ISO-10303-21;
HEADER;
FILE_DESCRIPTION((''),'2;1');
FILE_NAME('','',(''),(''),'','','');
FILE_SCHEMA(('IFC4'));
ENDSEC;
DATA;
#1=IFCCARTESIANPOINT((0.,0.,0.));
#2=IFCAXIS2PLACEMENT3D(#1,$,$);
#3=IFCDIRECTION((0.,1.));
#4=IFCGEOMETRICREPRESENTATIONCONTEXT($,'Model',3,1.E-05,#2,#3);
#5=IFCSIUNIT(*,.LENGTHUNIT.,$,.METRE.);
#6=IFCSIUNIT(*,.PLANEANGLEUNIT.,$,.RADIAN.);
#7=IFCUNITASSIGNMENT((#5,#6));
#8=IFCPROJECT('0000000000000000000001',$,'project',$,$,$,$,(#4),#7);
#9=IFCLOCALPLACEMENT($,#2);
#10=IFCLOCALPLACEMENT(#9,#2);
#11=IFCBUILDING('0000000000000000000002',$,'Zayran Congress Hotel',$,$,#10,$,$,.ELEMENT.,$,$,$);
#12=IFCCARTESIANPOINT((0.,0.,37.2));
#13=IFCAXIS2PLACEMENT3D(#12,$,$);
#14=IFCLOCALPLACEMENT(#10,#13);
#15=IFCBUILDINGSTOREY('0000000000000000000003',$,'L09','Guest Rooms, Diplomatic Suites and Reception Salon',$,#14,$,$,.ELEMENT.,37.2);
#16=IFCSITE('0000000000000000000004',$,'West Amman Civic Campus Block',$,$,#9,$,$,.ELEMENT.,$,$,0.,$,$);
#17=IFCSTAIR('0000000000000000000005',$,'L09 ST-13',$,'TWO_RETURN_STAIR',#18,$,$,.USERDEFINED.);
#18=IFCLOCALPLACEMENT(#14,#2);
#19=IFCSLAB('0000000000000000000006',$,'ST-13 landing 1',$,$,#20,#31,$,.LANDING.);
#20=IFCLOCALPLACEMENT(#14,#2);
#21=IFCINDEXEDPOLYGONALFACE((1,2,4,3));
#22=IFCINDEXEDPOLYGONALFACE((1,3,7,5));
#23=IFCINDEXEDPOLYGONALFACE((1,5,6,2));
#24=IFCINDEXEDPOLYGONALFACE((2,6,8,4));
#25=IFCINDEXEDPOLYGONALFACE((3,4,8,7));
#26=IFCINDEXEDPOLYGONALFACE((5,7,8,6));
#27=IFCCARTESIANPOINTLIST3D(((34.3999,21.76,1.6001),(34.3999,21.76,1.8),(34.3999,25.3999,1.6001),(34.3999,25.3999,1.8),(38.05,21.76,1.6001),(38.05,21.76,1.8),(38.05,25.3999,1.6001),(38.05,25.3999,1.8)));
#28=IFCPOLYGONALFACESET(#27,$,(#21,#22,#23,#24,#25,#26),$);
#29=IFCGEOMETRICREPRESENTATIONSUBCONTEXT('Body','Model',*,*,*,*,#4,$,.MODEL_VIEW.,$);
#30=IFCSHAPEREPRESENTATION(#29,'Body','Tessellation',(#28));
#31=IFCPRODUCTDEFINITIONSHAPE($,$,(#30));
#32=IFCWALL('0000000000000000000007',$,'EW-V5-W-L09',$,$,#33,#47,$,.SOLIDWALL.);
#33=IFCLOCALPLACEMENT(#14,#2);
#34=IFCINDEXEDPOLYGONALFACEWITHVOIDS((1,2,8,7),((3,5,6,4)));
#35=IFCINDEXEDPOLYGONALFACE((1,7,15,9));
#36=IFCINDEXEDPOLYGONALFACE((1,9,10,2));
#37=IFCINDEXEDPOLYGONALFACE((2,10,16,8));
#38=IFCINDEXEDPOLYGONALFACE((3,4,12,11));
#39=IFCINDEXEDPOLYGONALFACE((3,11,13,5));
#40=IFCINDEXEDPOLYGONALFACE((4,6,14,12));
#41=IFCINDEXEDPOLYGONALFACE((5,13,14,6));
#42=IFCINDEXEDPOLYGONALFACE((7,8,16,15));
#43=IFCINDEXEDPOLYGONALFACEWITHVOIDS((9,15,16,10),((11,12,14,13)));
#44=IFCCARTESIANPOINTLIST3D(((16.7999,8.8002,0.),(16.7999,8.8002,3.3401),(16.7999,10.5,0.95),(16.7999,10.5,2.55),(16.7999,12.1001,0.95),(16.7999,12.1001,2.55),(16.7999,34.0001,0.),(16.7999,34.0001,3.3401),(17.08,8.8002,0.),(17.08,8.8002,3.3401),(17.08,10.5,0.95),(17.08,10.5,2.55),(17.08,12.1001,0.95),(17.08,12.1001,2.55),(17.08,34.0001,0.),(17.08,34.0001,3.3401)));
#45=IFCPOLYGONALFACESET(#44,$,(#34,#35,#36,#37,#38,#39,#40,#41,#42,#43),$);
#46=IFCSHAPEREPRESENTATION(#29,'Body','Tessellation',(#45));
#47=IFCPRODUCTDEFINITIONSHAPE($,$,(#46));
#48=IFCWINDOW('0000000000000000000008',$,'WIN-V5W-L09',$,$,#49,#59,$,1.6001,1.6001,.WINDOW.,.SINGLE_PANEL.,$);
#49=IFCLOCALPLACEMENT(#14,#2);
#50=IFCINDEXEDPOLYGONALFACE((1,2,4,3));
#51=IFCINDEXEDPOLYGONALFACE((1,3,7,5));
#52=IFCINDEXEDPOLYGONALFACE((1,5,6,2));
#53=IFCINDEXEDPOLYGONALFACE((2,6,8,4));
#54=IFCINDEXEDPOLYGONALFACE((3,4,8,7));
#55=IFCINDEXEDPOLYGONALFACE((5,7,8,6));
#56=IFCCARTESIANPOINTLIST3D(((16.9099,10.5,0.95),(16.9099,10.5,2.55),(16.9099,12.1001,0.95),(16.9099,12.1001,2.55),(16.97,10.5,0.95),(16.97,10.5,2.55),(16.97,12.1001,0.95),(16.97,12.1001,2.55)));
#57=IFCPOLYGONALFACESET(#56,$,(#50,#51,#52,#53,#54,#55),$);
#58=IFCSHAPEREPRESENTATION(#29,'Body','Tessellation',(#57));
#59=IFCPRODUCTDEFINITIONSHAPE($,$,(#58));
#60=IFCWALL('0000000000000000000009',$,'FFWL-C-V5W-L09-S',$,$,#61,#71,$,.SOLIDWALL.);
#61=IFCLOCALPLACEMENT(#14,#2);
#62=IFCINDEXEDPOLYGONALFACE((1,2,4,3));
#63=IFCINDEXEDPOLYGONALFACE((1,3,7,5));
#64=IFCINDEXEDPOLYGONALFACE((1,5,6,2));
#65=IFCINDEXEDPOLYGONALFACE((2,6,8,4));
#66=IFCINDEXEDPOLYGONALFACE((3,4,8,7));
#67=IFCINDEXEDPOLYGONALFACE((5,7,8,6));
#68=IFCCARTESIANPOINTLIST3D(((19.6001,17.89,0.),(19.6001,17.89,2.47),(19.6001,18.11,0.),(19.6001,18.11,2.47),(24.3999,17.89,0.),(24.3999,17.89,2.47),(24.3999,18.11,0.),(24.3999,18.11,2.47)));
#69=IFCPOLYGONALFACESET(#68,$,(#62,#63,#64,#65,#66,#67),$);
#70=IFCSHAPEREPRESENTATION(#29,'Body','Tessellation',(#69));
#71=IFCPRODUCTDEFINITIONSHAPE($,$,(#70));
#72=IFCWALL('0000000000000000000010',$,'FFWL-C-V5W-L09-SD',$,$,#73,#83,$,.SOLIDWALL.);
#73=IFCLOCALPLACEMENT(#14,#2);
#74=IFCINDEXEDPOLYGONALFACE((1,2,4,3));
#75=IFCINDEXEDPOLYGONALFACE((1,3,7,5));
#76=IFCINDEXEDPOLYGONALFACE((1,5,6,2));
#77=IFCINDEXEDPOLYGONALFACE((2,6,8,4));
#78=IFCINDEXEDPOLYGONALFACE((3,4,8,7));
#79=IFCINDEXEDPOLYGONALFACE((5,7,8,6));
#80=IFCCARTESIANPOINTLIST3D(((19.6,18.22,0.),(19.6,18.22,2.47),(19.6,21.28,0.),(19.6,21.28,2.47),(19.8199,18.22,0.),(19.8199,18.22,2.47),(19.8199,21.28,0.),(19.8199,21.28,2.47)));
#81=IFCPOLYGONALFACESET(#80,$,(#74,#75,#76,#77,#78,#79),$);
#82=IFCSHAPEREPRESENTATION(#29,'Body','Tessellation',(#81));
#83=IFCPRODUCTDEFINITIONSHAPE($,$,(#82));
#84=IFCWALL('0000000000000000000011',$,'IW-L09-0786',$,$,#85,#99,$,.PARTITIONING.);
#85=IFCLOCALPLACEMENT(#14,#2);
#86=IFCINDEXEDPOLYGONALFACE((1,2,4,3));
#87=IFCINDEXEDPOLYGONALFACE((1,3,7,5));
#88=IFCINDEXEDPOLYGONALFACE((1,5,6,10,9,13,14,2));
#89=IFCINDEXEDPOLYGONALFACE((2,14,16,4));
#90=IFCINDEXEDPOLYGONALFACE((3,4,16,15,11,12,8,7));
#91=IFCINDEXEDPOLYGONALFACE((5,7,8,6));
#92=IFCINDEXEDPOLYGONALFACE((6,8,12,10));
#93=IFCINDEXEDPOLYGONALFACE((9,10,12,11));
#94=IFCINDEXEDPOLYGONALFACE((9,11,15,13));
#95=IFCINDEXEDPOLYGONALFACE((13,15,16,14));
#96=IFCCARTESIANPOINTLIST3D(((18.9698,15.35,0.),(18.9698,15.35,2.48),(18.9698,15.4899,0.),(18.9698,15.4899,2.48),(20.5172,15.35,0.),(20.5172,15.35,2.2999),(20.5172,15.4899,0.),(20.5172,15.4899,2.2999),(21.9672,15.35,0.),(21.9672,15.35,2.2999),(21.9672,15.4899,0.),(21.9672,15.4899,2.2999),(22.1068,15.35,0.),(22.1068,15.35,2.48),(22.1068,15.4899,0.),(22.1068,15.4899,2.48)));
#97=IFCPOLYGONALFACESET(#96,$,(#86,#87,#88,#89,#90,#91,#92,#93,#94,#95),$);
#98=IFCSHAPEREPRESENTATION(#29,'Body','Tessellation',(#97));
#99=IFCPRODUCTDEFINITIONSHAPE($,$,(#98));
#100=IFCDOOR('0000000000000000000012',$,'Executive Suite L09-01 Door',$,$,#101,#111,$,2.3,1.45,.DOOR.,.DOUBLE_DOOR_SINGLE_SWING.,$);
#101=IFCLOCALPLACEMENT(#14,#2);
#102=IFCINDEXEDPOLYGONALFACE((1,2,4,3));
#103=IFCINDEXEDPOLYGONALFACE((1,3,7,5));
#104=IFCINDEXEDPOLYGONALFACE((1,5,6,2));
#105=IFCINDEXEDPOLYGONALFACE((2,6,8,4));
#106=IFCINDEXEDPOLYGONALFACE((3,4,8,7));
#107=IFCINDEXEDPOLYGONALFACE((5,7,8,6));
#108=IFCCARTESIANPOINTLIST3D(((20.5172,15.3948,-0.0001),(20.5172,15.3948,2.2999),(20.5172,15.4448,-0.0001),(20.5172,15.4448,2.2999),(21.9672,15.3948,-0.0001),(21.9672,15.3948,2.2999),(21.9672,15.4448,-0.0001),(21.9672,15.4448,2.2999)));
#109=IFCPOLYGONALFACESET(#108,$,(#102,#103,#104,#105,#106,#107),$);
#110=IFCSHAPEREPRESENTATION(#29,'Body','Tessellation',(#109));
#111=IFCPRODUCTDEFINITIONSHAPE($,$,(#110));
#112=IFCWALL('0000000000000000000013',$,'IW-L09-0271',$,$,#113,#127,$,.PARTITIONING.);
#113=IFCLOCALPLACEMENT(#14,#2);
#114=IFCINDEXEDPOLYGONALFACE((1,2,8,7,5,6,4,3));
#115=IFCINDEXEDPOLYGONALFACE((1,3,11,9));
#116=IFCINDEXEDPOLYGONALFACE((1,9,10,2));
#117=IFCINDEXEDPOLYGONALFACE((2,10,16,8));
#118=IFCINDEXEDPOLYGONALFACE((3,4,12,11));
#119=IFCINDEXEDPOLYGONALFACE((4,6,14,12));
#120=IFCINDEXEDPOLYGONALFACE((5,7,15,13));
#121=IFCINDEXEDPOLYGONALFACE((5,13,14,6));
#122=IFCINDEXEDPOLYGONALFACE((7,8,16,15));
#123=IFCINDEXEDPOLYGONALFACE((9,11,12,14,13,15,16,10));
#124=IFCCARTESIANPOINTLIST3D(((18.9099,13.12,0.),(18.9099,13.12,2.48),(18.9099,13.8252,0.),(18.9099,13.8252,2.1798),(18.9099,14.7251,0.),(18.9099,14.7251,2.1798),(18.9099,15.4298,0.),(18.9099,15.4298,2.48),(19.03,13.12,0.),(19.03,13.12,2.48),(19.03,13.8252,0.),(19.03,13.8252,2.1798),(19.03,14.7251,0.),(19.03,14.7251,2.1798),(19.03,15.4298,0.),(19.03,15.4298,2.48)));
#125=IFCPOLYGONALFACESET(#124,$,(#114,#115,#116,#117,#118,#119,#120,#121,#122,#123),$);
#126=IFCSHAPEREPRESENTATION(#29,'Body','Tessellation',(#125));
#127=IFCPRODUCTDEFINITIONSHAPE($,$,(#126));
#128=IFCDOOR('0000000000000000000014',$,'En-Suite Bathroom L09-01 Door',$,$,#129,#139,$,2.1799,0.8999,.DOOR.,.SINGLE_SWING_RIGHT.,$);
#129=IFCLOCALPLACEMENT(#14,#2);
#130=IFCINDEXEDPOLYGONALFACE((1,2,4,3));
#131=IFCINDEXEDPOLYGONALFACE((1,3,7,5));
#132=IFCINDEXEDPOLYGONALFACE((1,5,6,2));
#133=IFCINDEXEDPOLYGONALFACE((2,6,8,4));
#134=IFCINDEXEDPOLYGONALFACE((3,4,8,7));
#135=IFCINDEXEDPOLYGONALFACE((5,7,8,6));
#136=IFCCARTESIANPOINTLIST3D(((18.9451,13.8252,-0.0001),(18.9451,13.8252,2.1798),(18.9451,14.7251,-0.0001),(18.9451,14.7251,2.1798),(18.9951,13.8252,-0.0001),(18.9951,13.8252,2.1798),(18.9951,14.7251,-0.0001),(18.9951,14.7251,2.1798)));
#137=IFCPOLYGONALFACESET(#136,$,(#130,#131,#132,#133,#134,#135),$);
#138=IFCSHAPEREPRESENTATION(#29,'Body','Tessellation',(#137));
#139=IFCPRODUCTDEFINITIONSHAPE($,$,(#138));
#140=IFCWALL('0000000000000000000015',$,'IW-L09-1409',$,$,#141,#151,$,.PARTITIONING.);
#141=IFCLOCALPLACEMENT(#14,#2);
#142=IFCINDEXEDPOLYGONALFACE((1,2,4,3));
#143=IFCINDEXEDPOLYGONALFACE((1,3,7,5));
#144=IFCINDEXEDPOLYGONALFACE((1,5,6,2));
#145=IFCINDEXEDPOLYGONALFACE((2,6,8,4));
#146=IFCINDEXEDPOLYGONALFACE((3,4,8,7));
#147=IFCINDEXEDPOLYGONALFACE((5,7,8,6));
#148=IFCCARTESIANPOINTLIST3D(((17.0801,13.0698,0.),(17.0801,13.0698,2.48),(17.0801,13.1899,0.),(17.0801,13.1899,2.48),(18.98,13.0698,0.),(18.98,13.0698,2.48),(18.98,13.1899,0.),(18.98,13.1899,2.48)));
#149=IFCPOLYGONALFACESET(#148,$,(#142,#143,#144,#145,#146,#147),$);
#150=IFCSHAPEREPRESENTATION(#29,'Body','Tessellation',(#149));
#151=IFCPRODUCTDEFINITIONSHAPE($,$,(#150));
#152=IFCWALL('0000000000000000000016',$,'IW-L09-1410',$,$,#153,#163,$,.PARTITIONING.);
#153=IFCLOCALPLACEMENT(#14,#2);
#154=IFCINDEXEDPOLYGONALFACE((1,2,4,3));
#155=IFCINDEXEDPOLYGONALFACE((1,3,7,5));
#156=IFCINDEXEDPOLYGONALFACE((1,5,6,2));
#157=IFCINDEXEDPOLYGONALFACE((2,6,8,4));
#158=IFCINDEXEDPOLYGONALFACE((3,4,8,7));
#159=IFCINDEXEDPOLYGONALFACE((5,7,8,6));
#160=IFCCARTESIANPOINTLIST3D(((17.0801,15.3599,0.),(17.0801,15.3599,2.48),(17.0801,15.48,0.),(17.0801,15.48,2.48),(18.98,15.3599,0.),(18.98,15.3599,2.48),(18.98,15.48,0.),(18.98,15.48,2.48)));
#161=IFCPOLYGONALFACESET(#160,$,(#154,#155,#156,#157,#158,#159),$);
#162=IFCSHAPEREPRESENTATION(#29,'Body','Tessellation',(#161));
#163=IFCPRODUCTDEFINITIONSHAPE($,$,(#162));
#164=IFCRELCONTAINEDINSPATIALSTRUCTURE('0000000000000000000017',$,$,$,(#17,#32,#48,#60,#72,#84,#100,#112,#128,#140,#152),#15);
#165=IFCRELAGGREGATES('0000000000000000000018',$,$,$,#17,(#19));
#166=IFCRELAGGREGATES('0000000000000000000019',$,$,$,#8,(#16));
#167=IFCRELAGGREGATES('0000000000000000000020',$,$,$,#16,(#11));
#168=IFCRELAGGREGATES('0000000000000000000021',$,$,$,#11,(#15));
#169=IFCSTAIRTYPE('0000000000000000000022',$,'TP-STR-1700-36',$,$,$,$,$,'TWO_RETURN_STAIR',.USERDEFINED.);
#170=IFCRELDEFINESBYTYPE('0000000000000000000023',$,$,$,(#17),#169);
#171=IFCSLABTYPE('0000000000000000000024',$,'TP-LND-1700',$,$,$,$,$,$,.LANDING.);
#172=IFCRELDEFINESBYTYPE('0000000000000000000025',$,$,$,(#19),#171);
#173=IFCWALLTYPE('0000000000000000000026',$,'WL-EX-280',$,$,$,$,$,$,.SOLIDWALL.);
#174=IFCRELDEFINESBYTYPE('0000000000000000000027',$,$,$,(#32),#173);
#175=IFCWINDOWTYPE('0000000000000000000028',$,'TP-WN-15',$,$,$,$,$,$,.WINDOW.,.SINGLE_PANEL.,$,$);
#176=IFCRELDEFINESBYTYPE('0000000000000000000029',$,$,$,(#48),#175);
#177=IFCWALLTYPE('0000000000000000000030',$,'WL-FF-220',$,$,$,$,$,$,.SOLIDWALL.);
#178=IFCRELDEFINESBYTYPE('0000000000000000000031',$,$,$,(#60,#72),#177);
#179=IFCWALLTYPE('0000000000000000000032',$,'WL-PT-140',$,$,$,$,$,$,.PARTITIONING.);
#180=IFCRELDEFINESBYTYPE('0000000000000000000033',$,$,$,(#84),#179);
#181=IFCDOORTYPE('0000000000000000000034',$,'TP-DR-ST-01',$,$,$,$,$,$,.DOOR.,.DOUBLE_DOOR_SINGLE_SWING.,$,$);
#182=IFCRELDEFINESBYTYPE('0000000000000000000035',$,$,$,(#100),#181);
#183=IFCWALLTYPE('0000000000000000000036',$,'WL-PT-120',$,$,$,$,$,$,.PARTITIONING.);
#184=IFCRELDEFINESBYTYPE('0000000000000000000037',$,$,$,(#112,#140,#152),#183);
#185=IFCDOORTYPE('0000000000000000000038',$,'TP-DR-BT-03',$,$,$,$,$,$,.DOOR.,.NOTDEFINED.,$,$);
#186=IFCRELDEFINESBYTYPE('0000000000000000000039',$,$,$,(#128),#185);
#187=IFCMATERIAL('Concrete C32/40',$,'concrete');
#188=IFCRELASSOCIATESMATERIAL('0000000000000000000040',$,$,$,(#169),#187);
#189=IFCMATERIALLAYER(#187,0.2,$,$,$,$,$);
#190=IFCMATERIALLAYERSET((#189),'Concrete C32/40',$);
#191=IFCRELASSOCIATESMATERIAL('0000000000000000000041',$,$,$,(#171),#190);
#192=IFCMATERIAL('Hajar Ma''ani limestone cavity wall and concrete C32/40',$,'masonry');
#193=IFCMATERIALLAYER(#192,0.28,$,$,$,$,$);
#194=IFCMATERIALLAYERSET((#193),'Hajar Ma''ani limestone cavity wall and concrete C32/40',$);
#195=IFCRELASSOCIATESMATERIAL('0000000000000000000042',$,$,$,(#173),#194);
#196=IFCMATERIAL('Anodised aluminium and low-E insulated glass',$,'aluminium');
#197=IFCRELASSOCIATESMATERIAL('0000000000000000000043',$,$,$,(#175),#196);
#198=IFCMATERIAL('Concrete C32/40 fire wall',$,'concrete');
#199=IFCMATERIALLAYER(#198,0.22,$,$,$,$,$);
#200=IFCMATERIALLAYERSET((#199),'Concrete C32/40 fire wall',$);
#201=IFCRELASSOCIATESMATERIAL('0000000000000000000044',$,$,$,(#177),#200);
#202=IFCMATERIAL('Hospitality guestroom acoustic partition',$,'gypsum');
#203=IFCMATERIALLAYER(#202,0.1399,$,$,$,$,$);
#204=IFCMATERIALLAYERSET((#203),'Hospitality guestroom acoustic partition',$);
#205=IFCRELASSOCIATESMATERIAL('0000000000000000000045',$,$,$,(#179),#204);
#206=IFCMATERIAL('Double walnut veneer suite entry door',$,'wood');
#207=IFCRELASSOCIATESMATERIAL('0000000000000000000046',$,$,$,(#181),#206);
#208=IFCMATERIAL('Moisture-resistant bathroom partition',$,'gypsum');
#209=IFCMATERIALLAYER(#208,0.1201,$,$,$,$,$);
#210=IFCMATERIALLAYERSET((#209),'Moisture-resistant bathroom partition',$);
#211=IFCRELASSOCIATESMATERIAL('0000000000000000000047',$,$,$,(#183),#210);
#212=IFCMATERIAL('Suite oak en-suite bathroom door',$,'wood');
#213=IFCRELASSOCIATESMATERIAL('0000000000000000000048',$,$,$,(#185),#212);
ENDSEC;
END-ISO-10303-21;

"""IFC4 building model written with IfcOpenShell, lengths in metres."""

from ifc_helpers import new_model, si_unit, direction, frame, frame_2d, origin, place, context, subcontext, project, spatial, polyline, rectangle, outline, extrude, material, layer, layer_set, type_object, element, fill, aggregate, save


model = new_model("IFC4")

# Units and contexts
model_context = context("Model", 3, precision=1e-05, world=origin(), true_north=direction((0.0, 1.0)))
body_context = subcontext(model_context, "Body", "Model", "MODEL_VIEW")
ifc_project = project(units=[si_unit("LENGTHUNIT", "METRE"), si_unit("PLANEANGLEUNIT", "RADIAN")], contexts=[model_context])

# Site, building, storey
site_placement = place(None, origin())
site = spatial("IfcSite", under=ifc_project, at=site_placement, Name="West Amman Civic Campus Block", CompositionType="ELEMENT", RefElevation=0.0)
building_placement = place(site_placement, origin())
building = spatial("IfcBuilding", under=site, at=building_placement, Name="Zayran Congress Hotel", CompositionType="ELEMENT")
storey_placement = place(building_placement, frame((0.0, 0.0, 37.2)))
storey = spatial("IfcBuildingStorey", under=building, at=storey_placement, Name="L09", Description="Guest Rooms, Diplomatic Suites and Reception Salon", CompositionType="ELEMENT", Elevation=37.2)

# Shared definitions
ifc_material_1 = material(Name="Concrete C32/40", Category="concrete")

# Stair, slab
stair_type = type_object("IfcStairType", Name="TP-STR-1700-36", ElementType="TWO_RETURN_STAIR", PredefinedType="USERDEFINED", material=ifc_material_1)
ifc_layer_1 = layer(ifc_material_1, 0.2)
ifc_layer_set_1 = layer_set([ifc_layer_1], Name="Concrete C32/40")
slab_type_1 = type_object("IfcSlabType", Name="TP-LND-1700", PredefinedType="LANDING", material=ifc_layer_set_1)
stair_1_placement = place(storey_placement, origin())
stair_1 = element("IfcStair", 1, at=stair_1_placement, inside=storey, type_object=stair_type, Name="L09 ST-13", ObjectType="TWO_RETURN_STAIR", PredefinedType="USERDEFINED")
slab_1_placement = place(storey_placement, frame((0.0, 0.0, 1.6001)))
slab_1 = element("IfcSlab", 2, at=slab_1_placement, type_object=slab_type_1, Name="ST-13 landing 1", PredefinedType="LANDING", context=body_context, shape_type="SweptSolid", body=[
    extrude(outline(polyline([(38.05, 25.3999), (34.3999, 25.3999), (34.3999, 21.76), (38.05, 21.76), (38.05, 25.3999)])), origin(), (0.0, 0.0, 1.0), 0.2),
])
aggregate(stair_1, [slab_1])

# Wall, opening, window
ifc_material_2 = material(Name="Hajar Ma'ani limestone cavity wall and concrete C32/40", Category="masonry")
ifc_layer_2 = layer(ifc_material_2, 0.28)
ifc_layer_set_2 = layer_set([ifc_layer_2], Name="Hajar Ma'ani limestone cavity wall and concrete C32/40")
wall_type_1 = type_object("IfcWallType", Name="WL-EX-280", PredefinedType="SOLIDWALL", material=ifc_layer_set_2)
wall_1_placement = place(storey_placement, frame((16.9399, 8.8, 0.0), z_axis=(0.0, 0.0, 1.0), x_axis=(0.0, 1.0, 0.0)))
wall_1 = element("IfcWall", 3, at=wall_1_placement, inside=storey, type_object=wall_type_1, Name="EW-V5-W-L09", PredefinedType="SOLIDWALL", context=body_context, shape_type="SweptSolid", body=[
    extrude(rectangle(XDim=25.2, YDim=0.28, at=frame_2d((12.6001, 0.0))), origin(), (0.0, 0.0, 1.0), 3.3401),
])
opening_1_placement = place(wall_1_placement, frame((1.7, 0.0, 0.95)))
opening_1 = element("IfcOpeningElement", 4, at=opening_1_placement, cuts=wall_1, PredefinedType="OPENING", context=body_context, shape_type="SweptSolid", body=[
    extrude(rectangle(XDim=1.6001, YDim=1.6001, at=frame_2d((0.8, 0.8))), frame((0.0, 0.1499, 0.0), z_axis=(0.0, -1.0, 0.0), x_axis=(1.0, 0.0, 0.0)), (0.0, 0.0, 1.0), 0.3),
])
ifc_material_3 = material(Name="Anodised aluminium and low-E insulated glass", Category="aluminium")
window_type = type_object("IfcWindowType", Name="TP-WN-15", PartitioningType="SINGLE_PANEL", PredefinedType="WINDOW", material=ifc_material_3)
window_placement = place(opening_1_placement, origin())
window = element("IfcWindow", 5, at=window_placement, inside=storey, type_object=window_type, Name="WIN-V5W-L09", OverallHeight=1.6001, OverallWidth=1.6001, PartitioningType="SINGLE_PANEL", PredefinedType="WINDOW", context=body_context, shape_type="SweptSolid", body=[
    extrude(rectangle(XDim=1.6001, YDim=1.6001, at=frame_2d((0.8, 0.8))), frame((0.0, 0.03, 0.0), z_axis=(0.0, -1.0, 0.0), x_axis=(1.0, 0.0, 0.0)), (0.0, 0.0, 1.0), 0.0601),
])
fill(opening_1, window)

# Walls
ifc_material_4 = material(Name="Concrete C32/40 fire wall", Category="concrete")
ifc_layer_3 = layer(ifc_material_4, 0.22)
ifc_layer_set_3 = layer_set([ifc_layer_3], Name="Concrete C32/40 fire wall")
wall_type_2 = type_object("IfcWallType", Name="WL-FF-220", PredefinedType="SOLIDWALL", material=ifc_layer_set_3)
wall_2_placement = place(storey_placement, frame((19.6001, 18.0, 0.0), z_axis=(0.0, 0.0, 1.0), x_axis=(1.0, 0.0, 0.0)))
element("IfcWall", 6, at=wall_2_placement, inside=storey, type_object=wall_type_2, Name="FFWL-C-V5W-L09-S", PredefinedType="SOLIDWALL", context=body_context, shape_type="SweptSolid", body=[
    extrude(rectangle(XDim=4.7998, YDim=0.22, at=frame_2d((2.3999, 0.0))), origin(), (0.0, 0.0, 1.0), 2.47),
])
wall_3_placement = place(storey_placement, frame((19.71, 18.22, 0.0), z_axis=(0.0, 0.0, 1.0), x_axis=(0.0, 1.0, 0.0)))
element("IfcWall", 7, at=wall_3_placement, inside=storey, type_object=wall_type_2, Name="FFWL-C-V5W-L09-SD", PredefinedType="SOLIDWALL", context=body_context, shape_type="SweptSolid", body=[
    extrude(rectangle(XDim=3.0601, YDim=0.22, at=frame_2d((1.53, 0.0))), origin(), (0.0, 0.0, 1.0), 2.47),
])

# Walls, openings, doors
ifc_material_5 = material(Name="Hospitality guestroom acoustic partition", Category="gypsum")
ifc_layer_4 = layer(ifc_material_5, 0.1399)
ifc_layer_set_4 = layer_set([ifc_layer_4], Name="Hospitality guestroom acoustic partition")
wall_type_3 = type_object("IfcWallType", Name="WL-PT-140", PredefinedType="PARTITIONING", material=ifc_layer_set_4)
wall_4_placement = place(storey_placement, frame((18.97, 15.4199, 0.0), z_axis=(0.0, 0.0, 1.0), x_axis=(1.0, 0.0, 0.0)))
wall_4 = element("IfcWall", 8, at=wall_4_placement, inside=storey, type_object=wall_type_3, Name="IW-L09-0786", PredefinedType="PARTITIONING", context=body_context, shape_type="SweptSolid", body=[
    extrude(rectangle(XDim=3.137, YDim=0.1399, at=frame_2d((1.5684, 0.0))), origin(), (0.0, 0.0, 1.0), 2.48),
])
opening_2_placement = place(wall_4_placement, frame((1.5471, 0.0, 0.0)))
opening_2 = element("IfcOpeningElement", 9, at=opening_2_placement, cuts=wall_4, PredefinedType="OPENING", context=body_context, shape_type="SweptSolid", body=[
    extrude(rectangle(XDim=1.45, YDim=2.3, at=frame_2d((0.7251, 1.1499))), frame((0.0, 0.0798, 0.0), z_axis=(0.0, -1.0, 0.0), x_axis=(1.0, 0.0, 0.0)), (0.0, 0.0, 1.0), 0.1599),
])
ifc_material_6 = material(Name="Double walnut veneer suite entry door", Category="wood")
door_type_1 = type_object("IfcDoorType", Name="TP-DR-ST-01", OperationType="DOUBLE_DOOR_SINGLE_SWING", PredefinedType="DOOR", material=ifc_material_6)
door_1_placement = place(opening_2_placement, origin())
door_1 = element("IfcDoor", 10, at=door_1_placement, inside=storey, type_object=door_type_1, Name="Executive Suite L09-01 Door", OperationType="DOUBLE_DOOR_SINGLE_SWING", OverallHeight=2.3, OverallWidth=1.45, PredefinedType="DOOR", context=body_context, shape_type="SweptSolid", body=[
    extrude(rectangle(XDim=1.45, YDim=2.3, at=frame_2d((0.7251, 1.1499))), frame((0.0, 0.0249, 0.0), z_axis=(0.0, -1.0, 0.0), x_axis=(1.0, 0.0, 0.0)), (0.0, 0.0, 1.0), 0.05),
])
fill(opening_2, door_1)
ifc_material_7 = material(Name="Moisture-resistant bathroom partition", Category="gypsum")
ifc_layer_5 = layer(ifc_material_7, 0.1201)
ifc_layer_set_5 = layer_set([ifc_layer_5], Name="Moisture-resistant bathroom partition")
wall_type_4 = type_object("IfcWallType", Name="WL-PT-120", PredefinedType="PARTITIONING", material=ifc_layer_set_5)
wall_5_placement = place(storey_placement, frame((18.97, 13.1201, 0.0), z_axis=(0.0, 0.0, 1.0), x_axis=(0.0, 1.0, 0.0)))
wall_5 = element("IfcWall", 11, at=wall_5_placement, inside=storey, type_object=wall_type_4, Name="IW-L09-0271", PredefinedType="PARTITIONING", context=body_context, shape_type="SweptSolid", body=[
    extrude(rectangle(XDim=2.3098, YDim=0.1201, at=frame_2d((1.1548, 0.0))), origin(), (0.0, 0.0, 1.0), 2.48),
])
opening_3_placement = place(wall_5_placement, frame((0.7051, 0.0, 0.0)))
opening_3 = element("IfcOpeningElement", 12, at=opening_3_placement, cuts=wall_5, PredefinedType="OPENING", context=body_context, shape_type="SweptSolid", body=[
    extrude(rectangle(XDim=0.8999, YDim=2.1799, at=frame_2d((0.45, 1.0898))), frame((0.0, 0.0701, 0.0), z_axis=(0.0, -1.0, 0.0), x_axis=(1.0, 0.0, 0.0)), (0.0, 0.0, 1.0), 0.1401),
])
ifc_material_8 = material(Name="Suite oak en-suite bathroom door", Category="wood")
door_type_2 = type_object("IfcDoorType", Name="TP-DR-BT-03", OperationType="NOTDEFINED", PredefinedType="DOOR", material=ifc_material_8)
door_2_placement = place(opening_3_placement, origin())
door_2 = element("IfcDoor", 13, at=door_2_placement, inside=storey, type_object=door_type_2, Name="En-Suite Bathroom L09-01 Door", OperationType="SINGLE_SWING_RIGHT", OverallHeight=2.1799, OverallWidth=0.8999, PredefinedType="DOOR", context=body_context, shape_type="SweptSolid", body=[
    extrude(rectangle(XDim=0.8999, YDim=2.1799, at=frame_2d((0.45, 1.0898))), frame((0.0, 0.0249, 0.0), z_axis=(0.0, -1.0, 0.0), x_axis=(1.0, 0.0, 0.0)), (0.0, 0.0, 1.0), 0.05),
])
fill(opening_3, door_2)

# Walls
for number, where, z_axis, x_axis, name in (
    (14, (17.0801, 13.1299, 0.0), (0.0, 0.0, 1.0), (1.0, 0.0, 0.0), "IW-L09-1409"),
    (15, (17.0801, 15.4199, 0.0), (0.0, 0.0, 1.0), (1.0, 0.0, 0.0), "IW-L09-1410"),
):
    element("IfcWall", number, at=place(storey_placement, frame(where, z_axis=z_axis, x_axis=x_axis)), inside=storey, type_object=wall_type_4, Name=name, PredefinedType="PARTITIONING", context=body_context, shape_type="SweptSolid", body=[
        extrude(rectangle(XDim=1.8999, YDim=0.1201, at=frame_2d((0.95, 0.0))), origin(), (0.0, 0.0, 1.0), 2.48),
    ])

save(model, "model.ifc")
